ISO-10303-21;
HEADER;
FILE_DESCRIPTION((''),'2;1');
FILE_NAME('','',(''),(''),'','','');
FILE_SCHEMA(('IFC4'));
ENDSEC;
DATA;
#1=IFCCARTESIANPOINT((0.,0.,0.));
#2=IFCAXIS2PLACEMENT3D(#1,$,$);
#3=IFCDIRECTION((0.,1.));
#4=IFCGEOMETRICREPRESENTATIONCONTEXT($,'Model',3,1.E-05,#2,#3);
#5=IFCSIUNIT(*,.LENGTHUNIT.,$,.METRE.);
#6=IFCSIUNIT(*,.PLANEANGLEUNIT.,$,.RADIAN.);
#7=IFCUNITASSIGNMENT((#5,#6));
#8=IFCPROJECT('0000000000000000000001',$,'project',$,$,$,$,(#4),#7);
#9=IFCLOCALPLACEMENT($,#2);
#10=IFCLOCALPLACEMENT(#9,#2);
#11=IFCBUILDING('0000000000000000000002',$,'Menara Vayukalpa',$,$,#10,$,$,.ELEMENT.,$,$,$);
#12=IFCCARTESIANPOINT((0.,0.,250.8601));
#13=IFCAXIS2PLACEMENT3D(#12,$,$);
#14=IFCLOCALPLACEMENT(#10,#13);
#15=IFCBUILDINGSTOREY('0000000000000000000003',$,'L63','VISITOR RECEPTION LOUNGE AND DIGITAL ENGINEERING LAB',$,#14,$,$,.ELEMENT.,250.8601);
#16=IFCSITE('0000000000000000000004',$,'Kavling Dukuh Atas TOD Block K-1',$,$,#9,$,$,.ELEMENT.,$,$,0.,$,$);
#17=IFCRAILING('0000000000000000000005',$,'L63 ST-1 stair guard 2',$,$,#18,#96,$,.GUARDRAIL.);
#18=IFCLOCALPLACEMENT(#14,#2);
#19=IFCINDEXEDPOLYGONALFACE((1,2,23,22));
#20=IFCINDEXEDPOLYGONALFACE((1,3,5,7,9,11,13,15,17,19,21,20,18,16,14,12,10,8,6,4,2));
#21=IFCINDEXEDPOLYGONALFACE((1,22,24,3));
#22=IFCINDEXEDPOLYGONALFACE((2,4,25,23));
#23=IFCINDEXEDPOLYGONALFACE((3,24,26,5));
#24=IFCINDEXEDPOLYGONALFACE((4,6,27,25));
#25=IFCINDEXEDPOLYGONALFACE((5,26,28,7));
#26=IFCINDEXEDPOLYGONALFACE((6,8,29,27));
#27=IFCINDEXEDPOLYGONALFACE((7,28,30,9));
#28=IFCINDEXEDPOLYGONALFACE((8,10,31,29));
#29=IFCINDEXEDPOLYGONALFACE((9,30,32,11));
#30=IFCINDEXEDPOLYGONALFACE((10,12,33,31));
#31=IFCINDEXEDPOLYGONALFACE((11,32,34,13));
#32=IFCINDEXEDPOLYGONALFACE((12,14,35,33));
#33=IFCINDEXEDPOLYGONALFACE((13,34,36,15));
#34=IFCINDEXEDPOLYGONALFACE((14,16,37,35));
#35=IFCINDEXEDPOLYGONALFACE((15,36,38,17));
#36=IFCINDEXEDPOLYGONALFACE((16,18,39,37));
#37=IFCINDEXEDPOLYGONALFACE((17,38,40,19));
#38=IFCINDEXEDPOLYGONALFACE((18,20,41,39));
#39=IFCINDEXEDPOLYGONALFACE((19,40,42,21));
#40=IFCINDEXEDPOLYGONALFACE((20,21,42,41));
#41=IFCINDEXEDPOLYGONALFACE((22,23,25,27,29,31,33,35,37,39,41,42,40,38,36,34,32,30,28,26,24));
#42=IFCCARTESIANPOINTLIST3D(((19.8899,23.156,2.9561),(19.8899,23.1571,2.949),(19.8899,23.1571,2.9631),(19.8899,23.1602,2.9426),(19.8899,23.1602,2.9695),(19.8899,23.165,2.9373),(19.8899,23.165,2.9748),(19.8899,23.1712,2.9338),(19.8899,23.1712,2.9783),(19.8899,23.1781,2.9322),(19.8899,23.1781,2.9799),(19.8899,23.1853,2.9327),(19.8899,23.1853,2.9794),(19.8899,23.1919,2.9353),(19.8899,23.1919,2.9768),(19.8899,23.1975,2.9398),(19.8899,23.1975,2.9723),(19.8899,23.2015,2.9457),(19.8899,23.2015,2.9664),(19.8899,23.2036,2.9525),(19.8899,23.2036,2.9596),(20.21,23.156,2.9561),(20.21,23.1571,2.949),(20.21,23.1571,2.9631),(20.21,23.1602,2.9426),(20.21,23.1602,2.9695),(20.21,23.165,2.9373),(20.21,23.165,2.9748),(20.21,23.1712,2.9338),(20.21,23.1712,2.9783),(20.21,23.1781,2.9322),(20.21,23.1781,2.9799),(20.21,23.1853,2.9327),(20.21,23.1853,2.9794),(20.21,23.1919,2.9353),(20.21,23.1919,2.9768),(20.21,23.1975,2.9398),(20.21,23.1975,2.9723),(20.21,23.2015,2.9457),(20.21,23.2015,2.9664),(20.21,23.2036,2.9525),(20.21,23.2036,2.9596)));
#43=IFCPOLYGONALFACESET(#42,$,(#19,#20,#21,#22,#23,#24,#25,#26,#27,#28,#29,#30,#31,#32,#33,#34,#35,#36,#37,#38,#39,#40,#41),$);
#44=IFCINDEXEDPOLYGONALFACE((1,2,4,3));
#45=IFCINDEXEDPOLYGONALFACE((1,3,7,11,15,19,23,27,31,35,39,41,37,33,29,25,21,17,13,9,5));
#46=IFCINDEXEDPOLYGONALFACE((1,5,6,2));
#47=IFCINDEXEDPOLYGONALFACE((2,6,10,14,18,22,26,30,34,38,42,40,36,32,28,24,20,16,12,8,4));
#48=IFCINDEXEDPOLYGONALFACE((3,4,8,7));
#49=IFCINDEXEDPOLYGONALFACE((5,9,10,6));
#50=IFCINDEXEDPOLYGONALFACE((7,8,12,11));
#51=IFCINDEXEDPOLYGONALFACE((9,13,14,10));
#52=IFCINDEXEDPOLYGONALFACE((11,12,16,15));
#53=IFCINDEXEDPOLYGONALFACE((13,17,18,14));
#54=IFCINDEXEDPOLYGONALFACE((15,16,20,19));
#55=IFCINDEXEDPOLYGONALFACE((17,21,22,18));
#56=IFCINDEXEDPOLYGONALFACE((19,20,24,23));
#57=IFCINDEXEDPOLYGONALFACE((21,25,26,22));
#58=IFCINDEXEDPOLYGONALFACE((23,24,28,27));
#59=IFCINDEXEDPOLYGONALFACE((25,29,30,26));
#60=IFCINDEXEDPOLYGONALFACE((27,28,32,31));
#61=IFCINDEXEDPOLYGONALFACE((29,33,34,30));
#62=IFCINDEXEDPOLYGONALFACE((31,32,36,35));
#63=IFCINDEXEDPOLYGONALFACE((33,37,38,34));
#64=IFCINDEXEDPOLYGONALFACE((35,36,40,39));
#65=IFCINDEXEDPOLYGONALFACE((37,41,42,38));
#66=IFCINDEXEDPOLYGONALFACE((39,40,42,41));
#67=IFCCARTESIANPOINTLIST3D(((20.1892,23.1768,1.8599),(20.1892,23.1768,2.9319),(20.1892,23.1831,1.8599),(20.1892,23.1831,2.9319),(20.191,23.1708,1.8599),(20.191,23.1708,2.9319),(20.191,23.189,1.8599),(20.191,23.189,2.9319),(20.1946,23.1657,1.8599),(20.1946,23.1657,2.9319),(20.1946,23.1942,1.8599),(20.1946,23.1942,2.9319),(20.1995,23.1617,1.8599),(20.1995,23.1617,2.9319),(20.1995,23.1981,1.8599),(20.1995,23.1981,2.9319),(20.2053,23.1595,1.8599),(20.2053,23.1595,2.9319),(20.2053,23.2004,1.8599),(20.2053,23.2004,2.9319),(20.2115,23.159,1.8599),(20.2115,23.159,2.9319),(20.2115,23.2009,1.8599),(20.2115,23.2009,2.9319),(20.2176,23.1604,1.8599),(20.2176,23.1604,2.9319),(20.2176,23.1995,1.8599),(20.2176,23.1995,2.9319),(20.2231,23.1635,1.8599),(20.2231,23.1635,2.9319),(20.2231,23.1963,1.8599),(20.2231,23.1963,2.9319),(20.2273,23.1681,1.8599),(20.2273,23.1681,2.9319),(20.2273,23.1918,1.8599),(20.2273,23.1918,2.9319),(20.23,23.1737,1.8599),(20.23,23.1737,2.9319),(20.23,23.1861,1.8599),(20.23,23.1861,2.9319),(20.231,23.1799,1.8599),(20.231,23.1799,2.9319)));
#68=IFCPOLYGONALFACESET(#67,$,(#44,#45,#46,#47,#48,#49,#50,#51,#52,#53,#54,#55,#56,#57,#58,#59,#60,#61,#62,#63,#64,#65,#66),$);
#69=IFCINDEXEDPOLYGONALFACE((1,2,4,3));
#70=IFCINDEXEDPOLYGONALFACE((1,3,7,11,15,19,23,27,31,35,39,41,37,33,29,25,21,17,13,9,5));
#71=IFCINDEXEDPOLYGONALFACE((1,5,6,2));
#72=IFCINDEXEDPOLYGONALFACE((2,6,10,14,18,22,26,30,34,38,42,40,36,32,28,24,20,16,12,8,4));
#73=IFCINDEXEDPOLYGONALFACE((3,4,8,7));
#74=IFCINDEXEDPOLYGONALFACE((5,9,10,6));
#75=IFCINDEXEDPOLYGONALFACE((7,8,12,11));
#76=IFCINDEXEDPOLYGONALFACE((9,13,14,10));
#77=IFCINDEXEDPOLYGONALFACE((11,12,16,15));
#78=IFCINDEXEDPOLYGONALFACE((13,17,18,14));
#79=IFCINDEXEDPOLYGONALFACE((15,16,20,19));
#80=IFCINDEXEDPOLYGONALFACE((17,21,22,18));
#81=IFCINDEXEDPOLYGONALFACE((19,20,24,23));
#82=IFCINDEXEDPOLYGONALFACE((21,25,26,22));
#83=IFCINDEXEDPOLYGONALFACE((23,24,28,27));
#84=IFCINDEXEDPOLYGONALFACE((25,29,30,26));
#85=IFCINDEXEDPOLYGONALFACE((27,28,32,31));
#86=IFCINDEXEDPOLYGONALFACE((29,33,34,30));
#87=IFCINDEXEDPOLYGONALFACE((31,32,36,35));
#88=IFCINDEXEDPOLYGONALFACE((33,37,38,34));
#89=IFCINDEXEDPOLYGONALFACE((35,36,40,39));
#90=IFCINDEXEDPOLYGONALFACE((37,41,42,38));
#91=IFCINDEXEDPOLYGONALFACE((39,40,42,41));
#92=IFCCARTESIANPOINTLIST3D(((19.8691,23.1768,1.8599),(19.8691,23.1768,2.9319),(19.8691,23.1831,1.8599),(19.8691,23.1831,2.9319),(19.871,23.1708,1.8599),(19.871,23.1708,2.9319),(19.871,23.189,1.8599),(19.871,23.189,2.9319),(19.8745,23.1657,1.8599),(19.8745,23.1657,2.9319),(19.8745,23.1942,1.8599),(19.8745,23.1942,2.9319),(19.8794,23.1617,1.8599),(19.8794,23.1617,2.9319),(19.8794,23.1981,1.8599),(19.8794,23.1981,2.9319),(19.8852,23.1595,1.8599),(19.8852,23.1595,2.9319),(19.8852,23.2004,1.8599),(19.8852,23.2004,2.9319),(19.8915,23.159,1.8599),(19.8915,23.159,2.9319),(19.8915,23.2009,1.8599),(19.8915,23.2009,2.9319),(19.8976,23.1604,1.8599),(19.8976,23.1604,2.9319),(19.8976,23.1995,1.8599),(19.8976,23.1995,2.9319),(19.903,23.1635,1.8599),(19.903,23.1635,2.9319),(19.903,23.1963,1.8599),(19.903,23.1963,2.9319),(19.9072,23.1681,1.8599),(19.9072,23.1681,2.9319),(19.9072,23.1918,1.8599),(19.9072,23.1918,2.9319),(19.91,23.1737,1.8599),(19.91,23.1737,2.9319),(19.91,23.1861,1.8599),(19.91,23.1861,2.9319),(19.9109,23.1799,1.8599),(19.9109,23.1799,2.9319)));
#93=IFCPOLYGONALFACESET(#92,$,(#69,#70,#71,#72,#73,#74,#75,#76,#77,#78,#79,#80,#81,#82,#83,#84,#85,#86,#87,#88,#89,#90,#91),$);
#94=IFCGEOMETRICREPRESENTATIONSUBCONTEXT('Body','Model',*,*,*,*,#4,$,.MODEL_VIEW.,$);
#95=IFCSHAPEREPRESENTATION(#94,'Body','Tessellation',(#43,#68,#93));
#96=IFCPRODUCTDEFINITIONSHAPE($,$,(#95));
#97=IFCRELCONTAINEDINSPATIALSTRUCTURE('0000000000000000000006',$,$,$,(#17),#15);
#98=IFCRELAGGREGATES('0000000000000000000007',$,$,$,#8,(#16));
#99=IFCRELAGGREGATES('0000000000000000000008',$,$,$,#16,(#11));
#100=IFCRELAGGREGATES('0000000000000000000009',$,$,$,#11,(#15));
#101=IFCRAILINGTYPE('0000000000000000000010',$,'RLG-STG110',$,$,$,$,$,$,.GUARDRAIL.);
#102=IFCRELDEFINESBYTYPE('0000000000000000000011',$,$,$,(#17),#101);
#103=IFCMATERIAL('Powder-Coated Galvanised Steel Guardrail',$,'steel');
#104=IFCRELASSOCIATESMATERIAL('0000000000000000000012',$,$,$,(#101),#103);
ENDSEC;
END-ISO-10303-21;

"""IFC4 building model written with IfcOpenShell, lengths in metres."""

from ifc_helpers import new_model, si_unit, direction, frame, origin, origin_2d, place, context, subcontext, project, spatial, circle, extrude, material, type_object, element, save


model = new_model("IFC4")

# Units and contexts
model_context = context("Model", 3, precision=1e-05, world=origin(), true_north=direction((0.0, 1.0)))
body_context = subcontext(model_context, "Body", "Model", "MODEL_VIEW")
ifc_project = project(units=[si_unit("LENGTHUNIT", "METRE"), si_unit("PLANEANGLEUNIT", "RADIAN")], contexts=[model_context])

# Site, building, storey
site_placement = place(None, origin())
site = spatial("IfcSite", under=ifc_project, at=site_placement, Name="Kavling Dukuh Atas TOD Block K-1", CompositionType="ELEMENT", RefElevation=0.0)
building_placement = place(site_placement, origin())
building = spatial("IfcBuilding", under=site, at=building_placement, Name="Menara Vayukalpa", CompositionType="ELEMENT")
storey_placement = place(building_placement, frame((0.0, 0.0, 250.8601)))
storey = spatial("IfcBuildingStorey", under=building, at=storey_placement, Name="L63", Description="VISITOR RECEPTION LOUNGE AND DIGITAL ENGINEERING LAB", CompositionType="ELEMENT", Elevation=250.8601)

# Railing
ifc_material_1 = material(Name="Powder-Coated Galvanised Steel Guardrail", Category="steel")
railing_type_1 = type_object("IfcRailingType", Name="RLG-STG110", PredefinedType="GUARDRAIL", material=ifc_material_1)
railing_1_placement = place(storey_placement, frame((20.21, 23.1799, 1.8599)))
element("IfcRailing", 1, at=railing_1_placement, inside=storey, type_object=railing_type_1, Name="L63 ST-1 stair guard 2", PredefinedType="GUARDRAIL", context=body_context, shape_type="SweptSolid", body=[
    extrude(circle(Radius=0.0239, at=origin_2d()), frame((0.0, 0.0, 1.0962), z_axis=(-1.0, 0.0, 0.0), x_axis=(0.0, -1.0, 0.0)), (0.0, 0.0, 1.0), 0.3201),
    extrude(circle(Radius=0.021, at=origin_2d()), origin(), (0.0, 0.0, 1.0), 1.072),
    extrude(circle(Radius=0.021, at=origin_2d()), frame((-0.3201, 0.0, 0.0)), (0.0, 0.0, 1.0), 1.072),
])

save(model, "model.ifc")
